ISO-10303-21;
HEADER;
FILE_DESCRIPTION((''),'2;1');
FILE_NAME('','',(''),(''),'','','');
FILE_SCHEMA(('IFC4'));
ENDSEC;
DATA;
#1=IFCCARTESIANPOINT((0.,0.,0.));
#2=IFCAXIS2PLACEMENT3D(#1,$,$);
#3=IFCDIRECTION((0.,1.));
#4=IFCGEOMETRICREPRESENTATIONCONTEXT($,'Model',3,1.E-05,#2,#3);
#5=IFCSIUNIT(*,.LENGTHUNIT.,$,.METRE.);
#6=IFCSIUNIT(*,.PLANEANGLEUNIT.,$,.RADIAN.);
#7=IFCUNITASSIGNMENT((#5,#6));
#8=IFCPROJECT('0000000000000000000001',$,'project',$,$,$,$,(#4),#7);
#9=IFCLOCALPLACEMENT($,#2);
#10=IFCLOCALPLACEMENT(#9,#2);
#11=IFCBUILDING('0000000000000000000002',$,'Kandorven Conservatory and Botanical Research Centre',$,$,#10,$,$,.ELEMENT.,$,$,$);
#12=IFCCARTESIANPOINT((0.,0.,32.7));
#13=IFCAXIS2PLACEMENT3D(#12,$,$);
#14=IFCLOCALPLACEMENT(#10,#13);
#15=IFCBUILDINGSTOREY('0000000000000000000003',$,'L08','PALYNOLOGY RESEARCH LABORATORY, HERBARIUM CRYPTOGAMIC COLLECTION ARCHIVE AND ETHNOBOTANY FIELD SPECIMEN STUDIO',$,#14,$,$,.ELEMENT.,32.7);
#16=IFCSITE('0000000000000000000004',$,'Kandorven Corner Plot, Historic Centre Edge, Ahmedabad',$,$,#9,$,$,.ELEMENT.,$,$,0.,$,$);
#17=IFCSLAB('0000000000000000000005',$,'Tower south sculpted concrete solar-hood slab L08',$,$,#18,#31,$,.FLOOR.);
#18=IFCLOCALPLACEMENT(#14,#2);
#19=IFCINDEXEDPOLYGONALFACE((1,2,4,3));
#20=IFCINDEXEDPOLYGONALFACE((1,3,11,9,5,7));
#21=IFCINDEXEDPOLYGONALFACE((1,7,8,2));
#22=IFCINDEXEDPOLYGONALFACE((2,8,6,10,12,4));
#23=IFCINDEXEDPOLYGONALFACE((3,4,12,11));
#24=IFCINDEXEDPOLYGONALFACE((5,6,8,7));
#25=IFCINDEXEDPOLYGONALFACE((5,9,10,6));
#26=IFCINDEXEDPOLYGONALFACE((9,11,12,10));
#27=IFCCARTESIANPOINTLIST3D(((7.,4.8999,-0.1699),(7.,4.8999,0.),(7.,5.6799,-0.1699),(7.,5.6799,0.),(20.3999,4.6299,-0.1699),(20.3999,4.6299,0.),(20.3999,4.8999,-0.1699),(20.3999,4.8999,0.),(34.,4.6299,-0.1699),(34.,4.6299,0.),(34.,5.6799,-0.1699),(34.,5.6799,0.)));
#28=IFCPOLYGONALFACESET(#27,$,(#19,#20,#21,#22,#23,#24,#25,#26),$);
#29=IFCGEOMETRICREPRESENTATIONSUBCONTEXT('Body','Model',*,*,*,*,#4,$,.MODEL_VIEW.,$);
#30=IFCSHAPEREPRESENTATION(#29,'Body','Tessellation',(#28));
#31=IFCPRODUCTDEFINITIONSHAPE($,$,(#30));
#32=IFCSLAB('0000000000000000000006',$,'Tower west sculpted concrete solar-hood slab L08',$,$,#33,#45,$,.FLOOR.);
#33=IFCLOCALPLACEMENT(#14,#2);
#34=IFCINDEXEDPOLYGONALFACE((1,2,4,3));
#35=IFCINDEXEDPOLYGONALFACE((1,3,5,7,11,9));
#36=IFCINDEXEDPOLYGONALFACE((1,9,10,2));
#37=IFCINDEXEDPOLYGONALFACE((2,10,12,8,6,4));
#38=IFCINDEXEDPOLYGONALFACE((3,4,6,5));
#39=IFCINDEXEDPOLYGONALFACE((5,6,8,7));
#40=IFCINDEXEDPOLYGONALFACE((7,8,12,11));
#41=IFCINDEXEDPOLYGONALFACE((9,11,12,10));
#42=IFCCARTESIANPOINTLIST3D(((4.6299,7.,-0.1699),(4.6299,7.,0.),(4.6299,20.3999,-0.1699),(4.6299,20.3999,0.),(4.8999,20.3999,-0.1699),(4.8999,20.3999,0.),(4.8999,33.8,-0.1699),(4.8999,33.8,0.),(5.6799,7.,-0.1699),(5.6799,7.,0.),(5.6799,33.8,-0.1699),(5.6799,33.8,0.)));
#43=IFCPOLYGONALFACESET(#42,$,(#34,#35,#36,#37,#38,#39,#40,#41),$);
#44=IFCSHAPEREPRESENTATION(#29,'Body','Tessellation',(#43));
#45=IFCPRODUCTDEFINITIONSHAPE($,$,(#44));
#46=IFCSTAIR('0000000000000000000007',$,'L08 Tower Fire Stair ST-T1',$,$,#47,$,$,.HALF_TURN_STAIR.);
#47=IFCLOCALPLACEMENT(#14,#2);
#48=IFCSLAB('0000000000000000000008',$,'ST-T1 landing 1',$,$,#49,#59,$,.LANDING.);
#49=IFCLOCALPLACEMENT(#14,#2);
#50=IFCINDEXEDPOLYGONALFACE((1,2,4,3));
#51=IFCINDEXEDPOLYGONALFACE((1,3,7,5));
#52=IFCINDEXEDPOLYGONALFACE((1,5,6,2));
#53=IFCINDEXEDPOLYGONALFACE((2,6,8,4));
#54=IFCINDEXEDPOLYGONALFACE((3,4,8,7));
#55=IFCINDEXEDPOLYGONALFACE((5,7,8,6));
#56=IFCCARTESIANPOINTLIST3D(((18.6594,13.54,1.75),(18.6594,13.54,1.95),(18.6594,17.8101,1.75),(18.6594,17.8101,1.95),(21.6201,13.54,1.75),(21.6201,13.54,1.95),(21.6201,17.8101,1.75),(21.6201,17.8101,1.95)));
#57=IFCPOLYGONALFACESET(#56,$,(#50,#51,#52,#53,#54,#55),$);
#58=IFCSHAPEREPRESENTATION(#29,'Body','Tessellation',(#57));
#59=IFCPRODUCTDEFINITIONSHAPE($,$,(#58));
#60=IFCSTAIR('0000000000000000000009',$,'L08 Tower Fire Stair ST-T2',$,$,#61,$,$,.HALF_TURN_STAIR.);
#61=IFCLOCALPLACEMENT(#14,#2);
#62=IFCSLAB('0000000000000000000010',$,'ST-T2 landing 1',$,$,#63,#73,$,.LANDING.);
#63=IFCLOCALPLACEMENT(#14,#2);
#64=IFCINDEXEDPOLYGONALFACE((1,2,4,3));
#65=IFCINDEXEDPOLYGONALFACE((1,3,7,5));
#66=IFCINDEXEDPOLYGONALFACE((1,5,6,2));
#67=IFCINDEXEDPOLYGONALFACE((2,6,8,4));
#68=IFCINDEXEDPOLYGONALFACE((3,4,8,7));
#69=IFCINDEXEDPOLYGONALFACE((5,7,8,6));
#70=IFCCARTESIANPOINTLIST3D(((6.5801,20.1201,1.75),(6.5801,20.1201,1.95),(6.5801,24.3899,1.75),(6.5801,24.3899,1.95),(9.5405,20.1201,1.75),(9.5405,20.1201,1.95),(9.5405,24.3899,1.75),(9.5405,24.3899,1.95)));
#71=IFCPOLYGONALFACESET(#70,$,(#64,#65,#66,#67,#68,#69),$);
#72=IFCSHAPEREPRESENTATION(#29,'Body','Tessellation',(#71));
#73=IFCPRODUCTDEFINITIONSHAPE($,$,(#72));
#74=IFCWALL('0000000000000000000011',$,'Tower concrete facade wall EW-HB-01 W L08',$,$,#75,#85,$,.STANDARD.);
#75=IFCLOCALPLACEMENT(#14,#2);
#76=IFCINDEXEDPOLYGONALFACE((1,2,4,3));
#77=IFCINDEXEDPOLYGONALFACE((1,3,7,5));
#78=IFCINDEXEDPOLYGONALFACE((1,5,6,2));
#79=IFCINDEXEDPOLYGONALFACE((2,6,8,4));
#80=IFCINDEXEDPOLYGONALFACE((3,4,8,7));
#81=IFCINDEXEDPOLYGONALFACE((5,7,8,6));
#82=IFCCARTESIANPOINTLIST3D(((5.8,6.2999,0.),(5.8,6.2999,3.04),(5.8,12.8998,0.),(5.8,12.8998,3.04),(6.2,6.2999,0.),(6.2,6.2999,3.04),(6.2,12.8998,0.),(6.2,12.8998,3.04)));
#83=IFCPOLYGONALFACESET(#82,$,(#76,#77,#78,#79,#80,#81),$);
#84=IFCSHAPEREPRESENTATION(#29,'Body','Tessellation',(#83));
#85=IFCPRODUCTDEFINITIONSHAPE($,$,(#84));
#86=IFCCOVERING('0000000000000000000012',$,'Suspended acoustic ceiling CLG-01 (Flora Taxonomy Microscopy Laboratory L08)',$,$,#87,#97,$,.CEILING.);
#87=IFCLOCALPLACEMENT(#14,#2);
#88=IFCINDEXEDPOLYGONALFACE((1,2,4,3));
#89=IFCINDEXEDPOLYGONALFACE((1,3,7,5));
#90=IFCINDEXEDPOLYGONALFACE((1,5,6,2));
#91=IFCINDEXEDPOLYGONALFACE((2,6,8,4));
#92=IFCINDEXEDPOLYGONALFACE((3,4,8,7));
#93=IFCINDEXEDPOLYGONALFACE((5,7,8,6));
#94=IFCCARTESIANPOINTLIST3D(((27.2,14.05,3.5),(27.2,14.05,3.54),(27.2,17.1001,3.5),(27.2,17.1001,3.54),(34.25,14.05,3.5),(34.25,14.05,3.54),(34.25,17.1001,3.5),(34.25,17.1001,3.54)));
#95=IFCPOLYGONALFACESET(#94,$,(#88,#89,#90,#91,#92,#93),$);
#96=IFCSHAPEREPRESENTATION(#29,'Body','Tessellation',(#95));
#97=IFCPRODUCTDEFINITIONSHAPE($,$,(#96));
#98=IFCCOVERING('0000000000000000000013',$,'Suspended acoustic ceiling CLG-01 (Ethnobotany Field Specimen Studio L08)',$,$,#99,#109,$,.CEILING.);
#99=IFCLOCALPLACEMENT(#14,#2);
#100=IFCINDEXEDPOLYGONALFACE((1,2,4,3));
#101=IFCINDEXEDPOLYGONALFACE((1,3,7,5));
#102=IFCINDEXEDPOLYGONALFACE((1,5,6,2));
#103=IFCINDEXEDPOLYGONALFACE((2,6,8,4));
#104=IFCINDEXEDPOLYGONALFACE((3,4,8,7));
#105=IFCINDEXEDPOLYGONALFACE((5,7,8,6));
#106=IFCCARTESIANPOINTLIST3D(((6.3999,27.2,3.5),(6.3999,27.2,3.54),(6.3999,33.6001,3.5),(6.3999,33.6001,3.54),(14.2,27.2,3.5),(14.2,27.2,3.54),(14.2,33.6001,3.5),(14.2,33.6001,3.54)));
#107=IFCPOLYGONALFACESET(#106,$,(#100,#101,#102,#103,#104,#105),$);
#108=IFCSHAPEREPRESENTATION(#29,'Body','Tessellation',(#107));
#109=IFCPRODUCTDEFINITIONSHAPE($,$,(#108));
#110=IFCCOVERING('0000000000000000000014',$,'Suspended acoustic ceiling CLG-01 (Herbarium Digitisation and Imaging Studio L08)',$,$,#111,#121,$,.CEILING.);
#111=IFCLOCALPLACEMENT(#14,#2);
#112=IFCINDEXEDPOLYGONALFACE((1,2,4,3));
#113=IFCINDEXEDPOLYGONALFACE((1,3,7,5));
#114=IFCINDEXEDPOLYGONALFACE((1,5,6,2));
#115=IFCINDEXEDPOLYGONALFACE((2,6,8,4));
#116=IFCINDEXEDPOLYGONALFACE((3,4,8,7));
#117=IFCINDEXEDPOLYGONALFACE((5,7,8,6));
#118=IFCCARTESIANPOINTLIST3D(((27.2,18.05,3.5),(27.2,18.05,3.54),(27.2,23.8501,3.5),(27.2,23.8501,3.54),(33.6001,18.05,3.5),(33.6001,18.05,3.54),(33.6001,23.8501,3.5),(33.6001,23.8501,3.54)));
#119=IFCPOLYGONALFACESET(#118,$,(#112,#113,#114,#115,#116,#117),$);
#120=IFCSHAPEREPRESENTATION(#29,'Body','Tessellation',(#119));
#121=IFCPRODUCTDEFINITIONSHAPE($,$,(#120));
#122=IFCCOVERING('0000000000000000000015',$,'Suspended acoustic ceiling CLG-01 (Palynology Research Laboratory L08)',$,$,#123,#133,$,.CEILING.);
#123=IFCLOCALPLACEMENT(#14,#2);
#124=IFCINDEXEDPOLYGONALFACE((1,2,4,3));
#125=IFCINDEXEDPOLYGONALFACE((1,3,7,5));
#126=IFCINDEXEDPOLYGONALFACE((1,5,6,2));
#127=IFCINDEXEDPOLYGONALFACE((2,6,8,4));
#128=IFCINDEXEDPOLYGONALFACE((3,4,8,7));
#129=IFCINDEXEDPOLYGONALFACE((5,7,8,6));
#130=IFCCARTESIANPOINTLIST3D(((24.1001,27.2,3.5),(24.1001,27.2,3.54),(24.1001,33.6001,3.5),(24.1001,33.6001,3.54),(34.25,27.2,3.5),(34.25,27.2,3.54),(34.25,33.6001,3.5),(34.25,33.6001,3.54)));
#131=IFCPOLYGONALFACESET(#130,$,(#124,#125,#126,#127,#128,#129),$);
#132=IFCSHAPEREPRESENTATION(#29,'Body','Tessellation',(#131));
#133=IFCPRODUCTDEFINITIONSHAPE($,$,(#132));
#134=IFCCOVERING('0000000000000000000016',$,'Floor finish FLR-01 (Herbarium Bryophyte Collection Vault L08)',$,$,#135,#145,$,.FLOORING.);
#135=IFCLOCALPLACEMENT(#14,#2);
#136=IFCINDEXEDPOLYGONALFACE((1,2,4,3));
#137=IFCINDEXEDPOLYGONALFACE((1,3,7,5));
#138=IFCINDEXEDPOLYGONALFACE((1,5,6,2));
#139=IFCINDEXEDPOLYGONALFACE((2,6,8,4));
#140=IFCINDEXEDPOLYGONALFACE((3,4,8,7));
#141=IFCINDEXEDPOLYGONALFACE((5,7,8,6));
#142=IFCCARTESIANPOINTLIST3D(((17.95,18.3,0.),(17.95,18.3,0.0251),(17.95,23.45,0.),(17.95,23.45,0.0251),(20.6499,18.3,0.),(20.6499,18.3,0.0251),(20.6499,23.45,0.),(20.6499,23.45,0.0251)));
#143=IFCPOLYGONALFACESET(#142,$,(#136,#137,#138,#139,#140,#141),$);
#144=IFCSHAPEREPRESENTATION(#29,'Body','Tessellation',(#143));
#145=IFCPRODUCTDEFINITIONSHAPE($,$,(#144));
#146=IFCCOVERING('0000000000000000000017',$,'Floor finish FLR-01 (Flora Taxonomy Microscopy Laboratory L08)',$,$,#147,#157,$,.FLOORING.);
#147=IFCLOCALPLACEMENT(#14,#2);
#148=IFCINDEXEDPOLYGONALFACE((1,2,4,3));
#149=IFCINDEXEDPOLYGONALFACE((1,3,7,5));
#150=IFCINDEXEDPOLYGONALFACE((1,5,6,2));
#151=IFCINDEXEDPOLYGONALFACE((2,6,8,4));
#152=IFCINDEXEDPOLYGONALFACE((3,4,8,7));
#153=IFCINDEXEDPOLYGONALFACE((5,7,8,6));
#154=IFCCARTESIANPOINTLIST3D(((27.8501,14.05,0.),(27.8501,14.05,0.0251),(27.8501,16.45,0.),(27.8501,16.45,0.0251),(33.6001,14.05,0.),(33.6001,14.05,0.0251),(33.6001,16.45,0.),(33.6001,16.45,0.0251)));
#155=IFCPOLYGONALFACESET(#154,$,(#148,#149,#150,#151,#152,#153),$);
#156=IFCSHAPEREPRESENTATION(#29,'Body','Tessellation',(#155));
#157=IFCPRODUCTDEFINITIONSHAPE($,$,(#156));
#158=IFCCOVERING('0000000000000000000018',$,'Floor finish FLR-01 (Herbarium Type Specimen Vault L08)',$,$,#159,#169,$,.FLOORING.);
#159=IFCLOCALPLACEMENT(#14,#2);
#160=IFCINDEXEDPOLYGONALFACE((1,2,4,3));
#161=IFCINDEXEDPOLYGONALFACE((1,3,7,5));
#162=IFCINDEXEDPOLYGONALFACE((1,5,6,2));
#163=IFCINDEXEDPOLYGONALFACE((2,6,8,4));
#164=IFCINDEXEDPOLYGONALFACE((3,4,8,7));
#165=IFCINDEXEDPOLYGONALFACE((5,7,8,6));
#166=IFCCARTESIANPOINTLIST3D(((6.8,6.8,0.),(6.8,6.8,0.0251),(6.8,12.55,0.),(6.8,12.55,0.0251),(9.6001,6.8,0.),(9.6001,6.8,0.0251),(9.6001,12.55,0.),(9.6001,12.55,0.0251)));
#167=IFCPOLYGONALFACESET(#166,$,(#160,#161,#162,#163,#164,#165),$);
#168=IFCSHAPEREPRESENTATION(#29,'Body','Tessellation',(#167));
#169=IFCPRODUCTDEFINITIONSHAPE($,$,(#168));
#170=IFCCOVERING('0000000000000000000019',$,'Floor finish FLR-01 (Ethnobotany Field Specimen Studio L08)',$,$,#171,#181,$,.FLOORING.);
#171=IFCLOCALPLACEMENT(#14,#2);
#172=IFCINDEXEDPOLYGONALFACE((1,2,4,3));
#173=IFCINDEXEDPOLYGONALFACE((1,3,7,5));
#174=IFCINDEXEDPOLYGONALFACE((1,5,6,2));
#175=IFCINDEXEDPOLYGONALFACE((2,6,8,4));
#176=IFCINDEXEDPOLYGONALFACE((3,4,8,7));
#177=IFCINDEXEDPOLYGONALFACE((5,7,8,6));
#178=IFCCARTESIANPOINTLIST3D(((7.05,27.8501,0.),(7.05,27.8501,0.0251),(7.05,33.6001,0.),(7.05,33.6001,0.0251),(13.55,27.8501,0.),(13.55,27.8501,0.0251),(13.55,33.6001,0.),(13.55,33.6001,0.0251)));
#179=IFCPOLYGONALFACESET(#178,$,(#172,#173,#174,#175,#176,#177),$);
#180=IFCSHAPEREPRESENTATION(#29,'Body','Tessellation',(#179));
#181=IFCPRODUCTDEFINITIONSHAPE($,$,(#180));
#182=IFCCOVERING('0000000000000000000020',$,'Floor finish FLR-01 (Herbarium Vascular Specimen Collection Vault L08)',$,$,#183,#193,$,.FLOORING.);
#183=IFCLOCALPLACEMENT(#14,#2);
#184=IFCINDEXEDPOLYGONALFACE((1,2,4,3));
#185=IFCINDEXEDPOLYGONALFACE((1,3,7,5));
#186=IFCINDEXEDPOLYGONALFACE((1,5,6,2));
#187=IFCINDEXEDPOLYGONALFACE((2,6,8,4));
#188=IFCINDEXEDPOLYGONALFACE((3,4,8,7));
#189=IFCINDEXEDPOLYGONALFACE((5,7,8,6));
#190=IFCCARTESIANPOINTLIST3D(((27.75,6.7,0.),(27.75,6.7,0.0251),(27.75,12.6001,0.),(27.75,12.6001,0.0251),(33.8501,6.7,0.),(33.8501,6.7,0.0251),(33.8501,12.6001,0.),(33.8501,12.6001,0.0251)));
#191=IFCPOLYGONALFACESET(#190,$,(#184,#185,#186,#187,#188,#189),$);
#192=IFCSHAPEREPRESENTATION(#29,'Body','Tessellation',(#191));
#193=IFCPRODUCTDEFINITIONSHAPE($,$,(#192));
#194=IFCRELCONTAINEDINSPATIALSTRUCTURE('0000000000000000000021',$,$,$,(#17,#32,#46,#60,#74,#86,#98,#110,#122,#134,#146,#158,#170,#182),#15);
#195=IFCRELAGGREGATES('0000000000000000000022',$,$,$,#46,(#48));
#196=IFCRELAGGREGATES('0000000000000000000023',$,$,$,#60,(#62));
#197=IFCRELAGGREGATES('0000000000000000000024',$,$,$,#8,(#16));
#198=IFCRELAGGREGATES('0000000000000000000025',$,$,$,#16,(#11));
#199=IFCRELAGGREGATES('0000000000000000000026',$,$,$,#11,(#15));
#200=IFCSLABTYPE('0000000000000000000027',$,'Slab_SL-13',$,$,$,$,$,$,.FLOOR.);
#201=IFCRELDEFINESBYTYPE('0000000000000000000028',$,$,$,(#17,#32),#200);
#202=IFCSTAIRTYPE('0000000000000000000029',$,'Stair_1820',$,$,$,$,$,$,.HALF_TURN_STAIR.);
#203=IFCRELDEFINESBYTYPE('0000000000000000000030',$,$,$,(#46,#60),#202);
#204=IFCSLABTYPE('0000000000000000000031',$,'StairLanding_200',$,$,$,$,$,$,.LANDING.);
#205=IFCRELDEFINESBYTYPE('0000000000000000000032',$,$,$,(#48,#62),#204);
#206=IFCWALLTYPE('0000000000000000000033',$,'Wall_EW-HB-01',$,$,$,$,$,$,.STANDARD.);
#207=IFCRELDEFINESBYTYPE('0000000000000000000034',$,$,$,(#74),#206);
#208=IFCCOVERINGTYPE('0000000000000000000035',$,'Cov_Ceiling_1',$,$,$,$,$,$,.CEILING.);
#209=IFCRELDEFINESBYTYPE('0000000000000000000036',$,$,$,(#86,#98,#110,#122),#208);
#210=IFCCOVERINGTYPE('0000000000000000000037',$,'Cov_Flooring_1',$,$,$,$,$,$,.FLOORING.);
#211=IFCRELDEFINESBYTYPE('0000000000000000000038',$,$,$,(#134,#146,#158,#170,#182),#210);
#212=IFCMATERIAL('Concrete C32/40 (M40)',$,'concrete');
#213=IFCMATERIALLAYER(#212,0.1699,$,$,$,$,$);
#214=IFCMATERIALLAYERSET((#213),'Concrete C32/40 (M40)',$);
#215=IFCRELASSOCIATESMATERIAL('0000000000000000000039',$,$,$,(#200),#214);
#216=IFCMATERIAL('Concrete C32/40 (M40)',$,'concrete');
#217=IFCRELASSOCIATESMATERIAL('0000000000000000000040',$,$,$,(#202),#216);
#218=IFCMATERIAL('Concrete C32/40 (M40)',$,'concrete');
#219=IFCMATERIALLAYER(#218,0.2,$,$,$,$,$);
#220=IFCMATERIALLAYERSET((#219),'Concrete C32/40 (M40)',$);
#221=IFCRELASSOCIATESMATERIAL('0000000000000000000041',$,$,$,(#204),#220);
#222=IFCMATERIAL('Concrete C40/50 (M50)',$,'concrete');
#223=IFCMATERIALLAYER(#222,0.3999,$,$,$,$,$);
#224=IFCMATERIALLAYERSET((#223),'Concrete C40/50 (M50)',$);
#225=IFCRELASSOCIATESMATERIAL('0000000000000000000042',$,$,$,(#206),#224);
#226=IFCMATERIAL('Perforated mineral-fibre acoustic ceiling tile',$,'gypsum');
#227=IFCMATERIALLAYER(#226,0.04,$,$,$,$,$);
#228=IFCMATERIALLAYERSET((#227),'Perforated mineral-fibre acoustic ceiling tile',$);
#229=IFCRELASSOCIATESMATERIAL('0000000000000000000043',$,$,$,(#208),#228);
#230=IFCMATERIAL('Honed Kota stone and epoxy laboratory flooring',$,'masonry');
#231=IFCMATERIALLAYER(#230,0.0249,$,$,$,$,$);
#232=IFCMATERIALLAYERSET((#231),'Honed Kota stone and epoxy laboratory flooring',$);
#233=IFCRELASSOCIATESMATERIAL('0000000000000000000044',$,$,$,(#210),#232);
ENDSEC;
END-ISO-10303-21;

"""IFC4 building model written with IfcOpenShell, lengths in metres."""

from ifc_helpers import new_model, si_unit, direction, frame, frame_2d, origin, place, context, subcontext, project, spatial, polyline, rectangle, outline, extrude, material, layer, layer_set, type_object, element, aggregate, save


model = new_model("IFC4")

# Units and contexts
model_context = context("Model", 3, precision=1e-05, world=origin(), true_north=direction((0.0, 1.0)))
body_context = subcontext(model_context, "Body", "Model", "MODEL_VIEW")
ifc_project = project(units=[si_unit("LENGTHUNIT", "METRE"), si_unit("PLANEANGLEUNIT", "RADIAN")], contexts=[model_context])

# Site, building, storey
site_placement = place(None, origin())
site = spatial("IfcSite", under=ifc_project, at=site_placement, Name="Kandorven Corner Plot, Historic Centre Edge, Ahmedabad", CompositionType="ELEMENT", RefElevation=0.0)
building_placement = place(site_placement, origin())
building = spatial("IfcBuilding", under=site, at=building_placement, Name="Kandorven Conservatory and Botanical Research Centre", CompositionType="ELEMENT")
storey_placement = place(building_placement, frame((0.0, 0.0, 32.7)))
storey = spatial("IfcBuildingStorey", under=building, at=storey_placement, Name="L08", Description="PALYNOLOGY RESEARCH LABORATORY, HERBARIUM CRYPTOGAMIC COLLECTION ARCHIVE AND ETHNOBOTANY FIELD SPECIMEN STUDIO", CompositionType="ELEMENT", Elevation=32.7)

# Slabs
ifc_material_1 = material(Name="Concrete C32/40 (M40)", Category="concrete")
ifc_layer_1 = layer(ifc_material_1, 0.1699)
ifc_layer_set_1 = layer_set([ifc_layer_1], Name="Concrete C32/40 (M40)")
slab_type_1 = type_object("IfcSlabType", Name="Slab_SL-13", PredefinedType="FLOOR", material=ifc_layer_set_1)
slab_1_placement = place(storey_placement, frame((0.0, 0.0, -0.1699)))
element("IfcSlab", 1, at=slab_1_placement, inside=storey, type_object=slab_type_1, Name="Tower south sculpted concrete solar-hood slab L08", PredefinedType="FLOOR", context=body_context, shape_type="SweptSolid", body=[
    extrude(outline(polyline([(7.0, 5.6799), (34.0, 5.6799), (34.0, 4.6299), (20.3999, 4.6299), (20.3999, 4.8999), (7.0, 4.8999), (7.0, 5.6799)])), origin(), (0.0, 0.0, 1.0), 0.1699),
])
slab_2_placement = place(storey_placement, frame((0.0, 0.0, -0.1699)))
element("IfcSlab", 2, at=slab_2_placement, inside=storey, type_object=slab_type_1, Name="Tower west sculpted concrete solar-hood slab L08", PredefinedType="FLOOR", context=body_context, shape_type="SweptSolid", body=[
    extrude(outline(polyline([(4.6299, 7.0), (5.6799, 7.0), (5.6799, 33.8), (4.8999, 33.8), (4.8999, 20.3999), (4.6299, 20.3999), (4.6299, 7.0)])), origin(), (0.0, 0.0, 1.0), 0.1699),
])

# Stairs, slabs
ifc_material_2 = material(Name="Concrete C32/40 (M40)", Category="concrete")
stair_type = type_object("IfcStairType", Name="Stair_1820", PredefinedType="HALF_TURN_STAIR", material=ifc_material_2)
stair_1_placement = place(storey_placement, origin())
stair_1 = element("IfcStair", 3, at=stair_1_placement, inside=storey, type_object=stair_type, Name="L08 Tower Fire Stair ST-T1", PredefinedType="HALF_TURN_STAIR")
ifc_material_3 = material(Name="Concrete C32/40 (M40)", Category="concrete")
ifc_layer_2 = layer(ifc_material_3, 0.2)
ifc_layer_set_2 = layer_set([ifc_layer_2], Name="Concrete C32/40 (M40)")
slab_type_2 = type_object("IfcSlabType", Name="StairLanding_200", PredefinedType="LANDING", material=ifc_layer_set_2)
slab_3_placement = place(storey_placement, frame((0.0, 0.0, 1.75)))
slab_3 = element("IfcSlab", 4, at=slab_3_placement, type_object=slab_type_2, Name="ST-T1 landing 1", PredefinedType="LANDING", context=body_context, shape_type="SweptSolid", body=[
    extrude(outline(polyline([(18.6594, 13.54), (21.6201, 13.54), (21.6201, 17.8101), (18.6594, 17.8101), (18.6594, 13.54)])), origin(), (0.0, 0.0, 1.0), 0.2),
])
aggregate(stair_1, [slab_3])
stair_2_placement = place(storey_placement, origin())
stair_2 = element("IfcStair", 5, at=stair_2_placement, inside=storey, type_object=stair_type, Name="L08 Tower Fire Stair ST-T2", PredefinedType="HALF_TURN_STAIR")
slab_4_placement = place(storey_placement, frame((0.0, 0.0, 1.75)))
slab_4 = element("IfcSlab", 6, at=slab_4_placement, type_object=slab_type_2, Name="ST-T2 landing 1", PredefinedType="LANDING", context=body_context, shape_type="SweptSolid", body=[
    extrude(outline(polyline([(9.5405, 24.3899), (6.5801, 24.3899), (6.5801, 20.1201), (9.5405, 20.1201), (9.5405, 24.3899)])), origin(), (0.0, 0.0, 1.0), 0.2),
])
aggregate(stair_2, [slab_4])

# Wall
ifc_material_4 = material(Name="Concrete C40/50 (M50)", Category="concrete")
ifc_layer_3 = layer(ifc_material_4, 0.3999)
ifc_layer_set_3 = layer_set([ifc_layer_3], Name="Concrete C40/50 (M50)")
wall_type = type_object("IfcWallType", Name="Wall_EW-HB-01", PredefinedType="STANDARD", material=ifc_layer_set_3)
wall_placement = place(storey_placement, frame((6.0, 6.3, 0.0), z_axis=(0.0, 0.0, 1.0), x_axis=(0.0, 1.0, 0.0)))
element("IfcWall", 7, at=wall_placement, inside=storey, type_object=wall_type, Name="Tower concrete facade wall EW-HB-01 W L08", PredefinedType="STANDARD", context=body_context, shape_type="SweptSolid", body=[
    extrude(rectangle(XDim=6.5999, YDim=0.3999, at=frame_2d((3.2998, 0.0))), origin(), (0.0, 0.0, 1.0), 3.04),
])

# Coverings
ifc_material_5 = material(Name="Perforated mineral-fibre acoustic ceiling tile", Category="gypsum")
ifc_layer_4 = layer(ifc_material_5, 0.04)
ifc_layer_set_4 = layer_set([ifc_layer_4], Name="Perforated mineral-fibre acoustic ceiling tile")
covering_type_1 = type_object("IfcCoveringType", Name="Cov_Ceiling_1", PredefinedType="CEILING", material=ifc_layer_set_4)
covering_1_placement = place(storey_placement, frame((0.0, 0.0, 3.5)))
element("IfcCovering", 8, at=covering_1_placement, inside=storey, type_object=covering_type_1, Name="Suspended acoustic ceiling CLG-01 (Flora Taxonomy Microscopy Laboratory L08)", PredefinedType="CEILING", context=body_context, shape_type="SweptSolid", body=[
    extrude(outline(polyline([(27.2, 14.05), (34.25, 14.05), (34.25, 17.1001), (27.2, 17.1001), (27.2, 14.05)])), origin(), (0.0, 0.0, 1.0), 0.04),
])
covering_2_placement = place(storey_placement, frame((0.0, 0.0, 3.5)))
element("IfcCovering", 9, at=covering_2_placement, inside=storey, type_object=covering_type_1, Name="Suspended acoustic ceiling CLG-01 (Ethnobotany Field Specimen Studio L08)", PredefinedType="CEILING", context=body_context, shape_type="SweptSolid", body=[
    extrude(outline(polyline([(6.3999, 27.2), (14.2, 27.2), (14.2, 33.6001), (6.3999, 33.6001), (6.3999, 27.2)])), origin(), (0.0, 0.0, 1.0), 0.04),
])
covering_3_placement = place(storey_placement, frame((0.0, 0.0, 3.5)))
element("IfcCovering", 10, at=covering_3_placement, inside=storey, type_object=covering_type_1, Name="Suspended acoustic ceiling CLG-01 (Herbarium Digitisation and Imaging Studio L08)", PredefinedType="CEILING", context=body_context, shape_type="SweptSolid", body=[
    extrude(outline(polyline([(27.2, 18.05), (33.6001, 18.05), (33.6001, 23.8501), (27.2, 23.8501), (27.2, 18.05)])), origin(), (0.0, 0.0, 1.0), 0.04),
])
covering_4_placement = place(storey_placement, frame((0.0, 0.0, 3.5)))
element("IfcCovering", 11, at=covering_4_placement, inside=storey, type_object=covering_type_1, Name="Suspended acoustic ceiling CLG-01 (Palynology Research Laboratory L08)", PredefinedType="CEILING", context=body_context, shape_type="SweptSolid", body=[
    extrude(outline(polyline([(24.1001, 27.2), (34.25, 27.2), (34.25, 33.6001), (24.1001, 33.6001), (24.1001, 27.2)])), origin(), (0.0, 0.0, 1.0), 0.04),
])
ifc_material_6 = material(Name="Honed Kota stone and epoxy laboratory flooring", Category="masonry")
ifc_layer_5 = layer(ifc_material_6, 0.0249)
ifc_layer_set_5 = layer_set([ifc_layer_5], Name="Honed Kota stone and epoxy laboratory flooring")
covering_type_2 = type_object("IfcCoveringType", Name="Cov_Flooring_1", PredefinedType="FLOORING", material=ifc_layer_set_5)
covering_5_placement = place(storey_placement, origin())
element("IfcCovering", 12, at=covering_5_placement, inside=storey, type_object=covering_type_2, Name="Floor finish FLR-01 (Herbarium Bryophyte Collection Vault L08)", PredefinedType="FLOORING", context=body_context, shape_type="SweptSolid", body=[
    extrude(outline(polyline([(17.95, 18.3), (20.6499, 18.3), (20.6499, 23.45), (17.95, 23.45), (17.95, 18.3)])), origin(), (0.0, 0.0, 1.0), 0.0251),
])
covering_6_placement = place(storey_placement, origin())
element("IfcCovering", 13, at=covering_6_placement, inside=storey, type_object=covering_type_2, Name="Floor finish FLR-01 (Flora Taxonomy Microscopy Laboratory L08)", PredefinedType="FLOORING", context=body_context, shape_type="SweptSolid", body=[
    extrude(outline(polyline([(27.8501, 14.05), (33.6001, 14.05), (33.6001, 16.45), (27.8501, 16.45), (27.8501, 14.05)])), origin(), (0.0, 0.0, 1.0), 0.0251),
])
covering_7_placement = place(storey_placement, origin())
element("IfcCovering", 14, at=covering_7_placement, inside=storey, type_object=covering_type_2, Name="Floor finish FLR-01 (Herbarium Type Specimen Vault L08)", PredefinedType="FLOORING", context=body_context, shape_type="SweptSolid", body=[
    extrude(outline(polyline([(6.8, 6.8), (9.6001, 6.8), (9.6001, 12.55), (6.8, 12.55), (6.8, 6.8)])), origin(), (0.0, 0.0, 1.0), 0.0251),
])
covering_8_placement = place(storey_placement, origin())
element("IfcCovering", 15, at=covering_8_placement, inside=storey, type_object=covering_type_2, Name="Floor finish FLR-01 (Ethnobotany Field Specimen Studio L08)", PredefinedType="FLOORING", context=body_context, shape_type="SweptSolid", body=[
    extrude(outline(polyline([(7.05, 27.8501), (13.55, 27.8501), (13.55, 33.6001), (7.05, 33.6001), (7.05, 27.8501)])), origin(), (0.0, 0.0, 1.0), 0.0251),
])
covering_9_placement = place(storey_placement, origin())
element("IfcCovering", 16, at=covering_9_placement, inside=storey, type_object=covering_type_2, Name="Floor finish FLR-01 (Herbarium Vascular Specimen Collection Vault L08)", PredefinedType="FLOORING", context=body_context, shape_type="SweptSolid", body=[
    extrude(outline(polyline([(27.75, 6.7), (33.8501, 6.7), (33.8501, 12.6001), (27.75, 12.6001), (27.75, 6.7)])), origin(), (0.0, 0.0, 1.0), 0.0251),
])

save(model, "model.ifc")
